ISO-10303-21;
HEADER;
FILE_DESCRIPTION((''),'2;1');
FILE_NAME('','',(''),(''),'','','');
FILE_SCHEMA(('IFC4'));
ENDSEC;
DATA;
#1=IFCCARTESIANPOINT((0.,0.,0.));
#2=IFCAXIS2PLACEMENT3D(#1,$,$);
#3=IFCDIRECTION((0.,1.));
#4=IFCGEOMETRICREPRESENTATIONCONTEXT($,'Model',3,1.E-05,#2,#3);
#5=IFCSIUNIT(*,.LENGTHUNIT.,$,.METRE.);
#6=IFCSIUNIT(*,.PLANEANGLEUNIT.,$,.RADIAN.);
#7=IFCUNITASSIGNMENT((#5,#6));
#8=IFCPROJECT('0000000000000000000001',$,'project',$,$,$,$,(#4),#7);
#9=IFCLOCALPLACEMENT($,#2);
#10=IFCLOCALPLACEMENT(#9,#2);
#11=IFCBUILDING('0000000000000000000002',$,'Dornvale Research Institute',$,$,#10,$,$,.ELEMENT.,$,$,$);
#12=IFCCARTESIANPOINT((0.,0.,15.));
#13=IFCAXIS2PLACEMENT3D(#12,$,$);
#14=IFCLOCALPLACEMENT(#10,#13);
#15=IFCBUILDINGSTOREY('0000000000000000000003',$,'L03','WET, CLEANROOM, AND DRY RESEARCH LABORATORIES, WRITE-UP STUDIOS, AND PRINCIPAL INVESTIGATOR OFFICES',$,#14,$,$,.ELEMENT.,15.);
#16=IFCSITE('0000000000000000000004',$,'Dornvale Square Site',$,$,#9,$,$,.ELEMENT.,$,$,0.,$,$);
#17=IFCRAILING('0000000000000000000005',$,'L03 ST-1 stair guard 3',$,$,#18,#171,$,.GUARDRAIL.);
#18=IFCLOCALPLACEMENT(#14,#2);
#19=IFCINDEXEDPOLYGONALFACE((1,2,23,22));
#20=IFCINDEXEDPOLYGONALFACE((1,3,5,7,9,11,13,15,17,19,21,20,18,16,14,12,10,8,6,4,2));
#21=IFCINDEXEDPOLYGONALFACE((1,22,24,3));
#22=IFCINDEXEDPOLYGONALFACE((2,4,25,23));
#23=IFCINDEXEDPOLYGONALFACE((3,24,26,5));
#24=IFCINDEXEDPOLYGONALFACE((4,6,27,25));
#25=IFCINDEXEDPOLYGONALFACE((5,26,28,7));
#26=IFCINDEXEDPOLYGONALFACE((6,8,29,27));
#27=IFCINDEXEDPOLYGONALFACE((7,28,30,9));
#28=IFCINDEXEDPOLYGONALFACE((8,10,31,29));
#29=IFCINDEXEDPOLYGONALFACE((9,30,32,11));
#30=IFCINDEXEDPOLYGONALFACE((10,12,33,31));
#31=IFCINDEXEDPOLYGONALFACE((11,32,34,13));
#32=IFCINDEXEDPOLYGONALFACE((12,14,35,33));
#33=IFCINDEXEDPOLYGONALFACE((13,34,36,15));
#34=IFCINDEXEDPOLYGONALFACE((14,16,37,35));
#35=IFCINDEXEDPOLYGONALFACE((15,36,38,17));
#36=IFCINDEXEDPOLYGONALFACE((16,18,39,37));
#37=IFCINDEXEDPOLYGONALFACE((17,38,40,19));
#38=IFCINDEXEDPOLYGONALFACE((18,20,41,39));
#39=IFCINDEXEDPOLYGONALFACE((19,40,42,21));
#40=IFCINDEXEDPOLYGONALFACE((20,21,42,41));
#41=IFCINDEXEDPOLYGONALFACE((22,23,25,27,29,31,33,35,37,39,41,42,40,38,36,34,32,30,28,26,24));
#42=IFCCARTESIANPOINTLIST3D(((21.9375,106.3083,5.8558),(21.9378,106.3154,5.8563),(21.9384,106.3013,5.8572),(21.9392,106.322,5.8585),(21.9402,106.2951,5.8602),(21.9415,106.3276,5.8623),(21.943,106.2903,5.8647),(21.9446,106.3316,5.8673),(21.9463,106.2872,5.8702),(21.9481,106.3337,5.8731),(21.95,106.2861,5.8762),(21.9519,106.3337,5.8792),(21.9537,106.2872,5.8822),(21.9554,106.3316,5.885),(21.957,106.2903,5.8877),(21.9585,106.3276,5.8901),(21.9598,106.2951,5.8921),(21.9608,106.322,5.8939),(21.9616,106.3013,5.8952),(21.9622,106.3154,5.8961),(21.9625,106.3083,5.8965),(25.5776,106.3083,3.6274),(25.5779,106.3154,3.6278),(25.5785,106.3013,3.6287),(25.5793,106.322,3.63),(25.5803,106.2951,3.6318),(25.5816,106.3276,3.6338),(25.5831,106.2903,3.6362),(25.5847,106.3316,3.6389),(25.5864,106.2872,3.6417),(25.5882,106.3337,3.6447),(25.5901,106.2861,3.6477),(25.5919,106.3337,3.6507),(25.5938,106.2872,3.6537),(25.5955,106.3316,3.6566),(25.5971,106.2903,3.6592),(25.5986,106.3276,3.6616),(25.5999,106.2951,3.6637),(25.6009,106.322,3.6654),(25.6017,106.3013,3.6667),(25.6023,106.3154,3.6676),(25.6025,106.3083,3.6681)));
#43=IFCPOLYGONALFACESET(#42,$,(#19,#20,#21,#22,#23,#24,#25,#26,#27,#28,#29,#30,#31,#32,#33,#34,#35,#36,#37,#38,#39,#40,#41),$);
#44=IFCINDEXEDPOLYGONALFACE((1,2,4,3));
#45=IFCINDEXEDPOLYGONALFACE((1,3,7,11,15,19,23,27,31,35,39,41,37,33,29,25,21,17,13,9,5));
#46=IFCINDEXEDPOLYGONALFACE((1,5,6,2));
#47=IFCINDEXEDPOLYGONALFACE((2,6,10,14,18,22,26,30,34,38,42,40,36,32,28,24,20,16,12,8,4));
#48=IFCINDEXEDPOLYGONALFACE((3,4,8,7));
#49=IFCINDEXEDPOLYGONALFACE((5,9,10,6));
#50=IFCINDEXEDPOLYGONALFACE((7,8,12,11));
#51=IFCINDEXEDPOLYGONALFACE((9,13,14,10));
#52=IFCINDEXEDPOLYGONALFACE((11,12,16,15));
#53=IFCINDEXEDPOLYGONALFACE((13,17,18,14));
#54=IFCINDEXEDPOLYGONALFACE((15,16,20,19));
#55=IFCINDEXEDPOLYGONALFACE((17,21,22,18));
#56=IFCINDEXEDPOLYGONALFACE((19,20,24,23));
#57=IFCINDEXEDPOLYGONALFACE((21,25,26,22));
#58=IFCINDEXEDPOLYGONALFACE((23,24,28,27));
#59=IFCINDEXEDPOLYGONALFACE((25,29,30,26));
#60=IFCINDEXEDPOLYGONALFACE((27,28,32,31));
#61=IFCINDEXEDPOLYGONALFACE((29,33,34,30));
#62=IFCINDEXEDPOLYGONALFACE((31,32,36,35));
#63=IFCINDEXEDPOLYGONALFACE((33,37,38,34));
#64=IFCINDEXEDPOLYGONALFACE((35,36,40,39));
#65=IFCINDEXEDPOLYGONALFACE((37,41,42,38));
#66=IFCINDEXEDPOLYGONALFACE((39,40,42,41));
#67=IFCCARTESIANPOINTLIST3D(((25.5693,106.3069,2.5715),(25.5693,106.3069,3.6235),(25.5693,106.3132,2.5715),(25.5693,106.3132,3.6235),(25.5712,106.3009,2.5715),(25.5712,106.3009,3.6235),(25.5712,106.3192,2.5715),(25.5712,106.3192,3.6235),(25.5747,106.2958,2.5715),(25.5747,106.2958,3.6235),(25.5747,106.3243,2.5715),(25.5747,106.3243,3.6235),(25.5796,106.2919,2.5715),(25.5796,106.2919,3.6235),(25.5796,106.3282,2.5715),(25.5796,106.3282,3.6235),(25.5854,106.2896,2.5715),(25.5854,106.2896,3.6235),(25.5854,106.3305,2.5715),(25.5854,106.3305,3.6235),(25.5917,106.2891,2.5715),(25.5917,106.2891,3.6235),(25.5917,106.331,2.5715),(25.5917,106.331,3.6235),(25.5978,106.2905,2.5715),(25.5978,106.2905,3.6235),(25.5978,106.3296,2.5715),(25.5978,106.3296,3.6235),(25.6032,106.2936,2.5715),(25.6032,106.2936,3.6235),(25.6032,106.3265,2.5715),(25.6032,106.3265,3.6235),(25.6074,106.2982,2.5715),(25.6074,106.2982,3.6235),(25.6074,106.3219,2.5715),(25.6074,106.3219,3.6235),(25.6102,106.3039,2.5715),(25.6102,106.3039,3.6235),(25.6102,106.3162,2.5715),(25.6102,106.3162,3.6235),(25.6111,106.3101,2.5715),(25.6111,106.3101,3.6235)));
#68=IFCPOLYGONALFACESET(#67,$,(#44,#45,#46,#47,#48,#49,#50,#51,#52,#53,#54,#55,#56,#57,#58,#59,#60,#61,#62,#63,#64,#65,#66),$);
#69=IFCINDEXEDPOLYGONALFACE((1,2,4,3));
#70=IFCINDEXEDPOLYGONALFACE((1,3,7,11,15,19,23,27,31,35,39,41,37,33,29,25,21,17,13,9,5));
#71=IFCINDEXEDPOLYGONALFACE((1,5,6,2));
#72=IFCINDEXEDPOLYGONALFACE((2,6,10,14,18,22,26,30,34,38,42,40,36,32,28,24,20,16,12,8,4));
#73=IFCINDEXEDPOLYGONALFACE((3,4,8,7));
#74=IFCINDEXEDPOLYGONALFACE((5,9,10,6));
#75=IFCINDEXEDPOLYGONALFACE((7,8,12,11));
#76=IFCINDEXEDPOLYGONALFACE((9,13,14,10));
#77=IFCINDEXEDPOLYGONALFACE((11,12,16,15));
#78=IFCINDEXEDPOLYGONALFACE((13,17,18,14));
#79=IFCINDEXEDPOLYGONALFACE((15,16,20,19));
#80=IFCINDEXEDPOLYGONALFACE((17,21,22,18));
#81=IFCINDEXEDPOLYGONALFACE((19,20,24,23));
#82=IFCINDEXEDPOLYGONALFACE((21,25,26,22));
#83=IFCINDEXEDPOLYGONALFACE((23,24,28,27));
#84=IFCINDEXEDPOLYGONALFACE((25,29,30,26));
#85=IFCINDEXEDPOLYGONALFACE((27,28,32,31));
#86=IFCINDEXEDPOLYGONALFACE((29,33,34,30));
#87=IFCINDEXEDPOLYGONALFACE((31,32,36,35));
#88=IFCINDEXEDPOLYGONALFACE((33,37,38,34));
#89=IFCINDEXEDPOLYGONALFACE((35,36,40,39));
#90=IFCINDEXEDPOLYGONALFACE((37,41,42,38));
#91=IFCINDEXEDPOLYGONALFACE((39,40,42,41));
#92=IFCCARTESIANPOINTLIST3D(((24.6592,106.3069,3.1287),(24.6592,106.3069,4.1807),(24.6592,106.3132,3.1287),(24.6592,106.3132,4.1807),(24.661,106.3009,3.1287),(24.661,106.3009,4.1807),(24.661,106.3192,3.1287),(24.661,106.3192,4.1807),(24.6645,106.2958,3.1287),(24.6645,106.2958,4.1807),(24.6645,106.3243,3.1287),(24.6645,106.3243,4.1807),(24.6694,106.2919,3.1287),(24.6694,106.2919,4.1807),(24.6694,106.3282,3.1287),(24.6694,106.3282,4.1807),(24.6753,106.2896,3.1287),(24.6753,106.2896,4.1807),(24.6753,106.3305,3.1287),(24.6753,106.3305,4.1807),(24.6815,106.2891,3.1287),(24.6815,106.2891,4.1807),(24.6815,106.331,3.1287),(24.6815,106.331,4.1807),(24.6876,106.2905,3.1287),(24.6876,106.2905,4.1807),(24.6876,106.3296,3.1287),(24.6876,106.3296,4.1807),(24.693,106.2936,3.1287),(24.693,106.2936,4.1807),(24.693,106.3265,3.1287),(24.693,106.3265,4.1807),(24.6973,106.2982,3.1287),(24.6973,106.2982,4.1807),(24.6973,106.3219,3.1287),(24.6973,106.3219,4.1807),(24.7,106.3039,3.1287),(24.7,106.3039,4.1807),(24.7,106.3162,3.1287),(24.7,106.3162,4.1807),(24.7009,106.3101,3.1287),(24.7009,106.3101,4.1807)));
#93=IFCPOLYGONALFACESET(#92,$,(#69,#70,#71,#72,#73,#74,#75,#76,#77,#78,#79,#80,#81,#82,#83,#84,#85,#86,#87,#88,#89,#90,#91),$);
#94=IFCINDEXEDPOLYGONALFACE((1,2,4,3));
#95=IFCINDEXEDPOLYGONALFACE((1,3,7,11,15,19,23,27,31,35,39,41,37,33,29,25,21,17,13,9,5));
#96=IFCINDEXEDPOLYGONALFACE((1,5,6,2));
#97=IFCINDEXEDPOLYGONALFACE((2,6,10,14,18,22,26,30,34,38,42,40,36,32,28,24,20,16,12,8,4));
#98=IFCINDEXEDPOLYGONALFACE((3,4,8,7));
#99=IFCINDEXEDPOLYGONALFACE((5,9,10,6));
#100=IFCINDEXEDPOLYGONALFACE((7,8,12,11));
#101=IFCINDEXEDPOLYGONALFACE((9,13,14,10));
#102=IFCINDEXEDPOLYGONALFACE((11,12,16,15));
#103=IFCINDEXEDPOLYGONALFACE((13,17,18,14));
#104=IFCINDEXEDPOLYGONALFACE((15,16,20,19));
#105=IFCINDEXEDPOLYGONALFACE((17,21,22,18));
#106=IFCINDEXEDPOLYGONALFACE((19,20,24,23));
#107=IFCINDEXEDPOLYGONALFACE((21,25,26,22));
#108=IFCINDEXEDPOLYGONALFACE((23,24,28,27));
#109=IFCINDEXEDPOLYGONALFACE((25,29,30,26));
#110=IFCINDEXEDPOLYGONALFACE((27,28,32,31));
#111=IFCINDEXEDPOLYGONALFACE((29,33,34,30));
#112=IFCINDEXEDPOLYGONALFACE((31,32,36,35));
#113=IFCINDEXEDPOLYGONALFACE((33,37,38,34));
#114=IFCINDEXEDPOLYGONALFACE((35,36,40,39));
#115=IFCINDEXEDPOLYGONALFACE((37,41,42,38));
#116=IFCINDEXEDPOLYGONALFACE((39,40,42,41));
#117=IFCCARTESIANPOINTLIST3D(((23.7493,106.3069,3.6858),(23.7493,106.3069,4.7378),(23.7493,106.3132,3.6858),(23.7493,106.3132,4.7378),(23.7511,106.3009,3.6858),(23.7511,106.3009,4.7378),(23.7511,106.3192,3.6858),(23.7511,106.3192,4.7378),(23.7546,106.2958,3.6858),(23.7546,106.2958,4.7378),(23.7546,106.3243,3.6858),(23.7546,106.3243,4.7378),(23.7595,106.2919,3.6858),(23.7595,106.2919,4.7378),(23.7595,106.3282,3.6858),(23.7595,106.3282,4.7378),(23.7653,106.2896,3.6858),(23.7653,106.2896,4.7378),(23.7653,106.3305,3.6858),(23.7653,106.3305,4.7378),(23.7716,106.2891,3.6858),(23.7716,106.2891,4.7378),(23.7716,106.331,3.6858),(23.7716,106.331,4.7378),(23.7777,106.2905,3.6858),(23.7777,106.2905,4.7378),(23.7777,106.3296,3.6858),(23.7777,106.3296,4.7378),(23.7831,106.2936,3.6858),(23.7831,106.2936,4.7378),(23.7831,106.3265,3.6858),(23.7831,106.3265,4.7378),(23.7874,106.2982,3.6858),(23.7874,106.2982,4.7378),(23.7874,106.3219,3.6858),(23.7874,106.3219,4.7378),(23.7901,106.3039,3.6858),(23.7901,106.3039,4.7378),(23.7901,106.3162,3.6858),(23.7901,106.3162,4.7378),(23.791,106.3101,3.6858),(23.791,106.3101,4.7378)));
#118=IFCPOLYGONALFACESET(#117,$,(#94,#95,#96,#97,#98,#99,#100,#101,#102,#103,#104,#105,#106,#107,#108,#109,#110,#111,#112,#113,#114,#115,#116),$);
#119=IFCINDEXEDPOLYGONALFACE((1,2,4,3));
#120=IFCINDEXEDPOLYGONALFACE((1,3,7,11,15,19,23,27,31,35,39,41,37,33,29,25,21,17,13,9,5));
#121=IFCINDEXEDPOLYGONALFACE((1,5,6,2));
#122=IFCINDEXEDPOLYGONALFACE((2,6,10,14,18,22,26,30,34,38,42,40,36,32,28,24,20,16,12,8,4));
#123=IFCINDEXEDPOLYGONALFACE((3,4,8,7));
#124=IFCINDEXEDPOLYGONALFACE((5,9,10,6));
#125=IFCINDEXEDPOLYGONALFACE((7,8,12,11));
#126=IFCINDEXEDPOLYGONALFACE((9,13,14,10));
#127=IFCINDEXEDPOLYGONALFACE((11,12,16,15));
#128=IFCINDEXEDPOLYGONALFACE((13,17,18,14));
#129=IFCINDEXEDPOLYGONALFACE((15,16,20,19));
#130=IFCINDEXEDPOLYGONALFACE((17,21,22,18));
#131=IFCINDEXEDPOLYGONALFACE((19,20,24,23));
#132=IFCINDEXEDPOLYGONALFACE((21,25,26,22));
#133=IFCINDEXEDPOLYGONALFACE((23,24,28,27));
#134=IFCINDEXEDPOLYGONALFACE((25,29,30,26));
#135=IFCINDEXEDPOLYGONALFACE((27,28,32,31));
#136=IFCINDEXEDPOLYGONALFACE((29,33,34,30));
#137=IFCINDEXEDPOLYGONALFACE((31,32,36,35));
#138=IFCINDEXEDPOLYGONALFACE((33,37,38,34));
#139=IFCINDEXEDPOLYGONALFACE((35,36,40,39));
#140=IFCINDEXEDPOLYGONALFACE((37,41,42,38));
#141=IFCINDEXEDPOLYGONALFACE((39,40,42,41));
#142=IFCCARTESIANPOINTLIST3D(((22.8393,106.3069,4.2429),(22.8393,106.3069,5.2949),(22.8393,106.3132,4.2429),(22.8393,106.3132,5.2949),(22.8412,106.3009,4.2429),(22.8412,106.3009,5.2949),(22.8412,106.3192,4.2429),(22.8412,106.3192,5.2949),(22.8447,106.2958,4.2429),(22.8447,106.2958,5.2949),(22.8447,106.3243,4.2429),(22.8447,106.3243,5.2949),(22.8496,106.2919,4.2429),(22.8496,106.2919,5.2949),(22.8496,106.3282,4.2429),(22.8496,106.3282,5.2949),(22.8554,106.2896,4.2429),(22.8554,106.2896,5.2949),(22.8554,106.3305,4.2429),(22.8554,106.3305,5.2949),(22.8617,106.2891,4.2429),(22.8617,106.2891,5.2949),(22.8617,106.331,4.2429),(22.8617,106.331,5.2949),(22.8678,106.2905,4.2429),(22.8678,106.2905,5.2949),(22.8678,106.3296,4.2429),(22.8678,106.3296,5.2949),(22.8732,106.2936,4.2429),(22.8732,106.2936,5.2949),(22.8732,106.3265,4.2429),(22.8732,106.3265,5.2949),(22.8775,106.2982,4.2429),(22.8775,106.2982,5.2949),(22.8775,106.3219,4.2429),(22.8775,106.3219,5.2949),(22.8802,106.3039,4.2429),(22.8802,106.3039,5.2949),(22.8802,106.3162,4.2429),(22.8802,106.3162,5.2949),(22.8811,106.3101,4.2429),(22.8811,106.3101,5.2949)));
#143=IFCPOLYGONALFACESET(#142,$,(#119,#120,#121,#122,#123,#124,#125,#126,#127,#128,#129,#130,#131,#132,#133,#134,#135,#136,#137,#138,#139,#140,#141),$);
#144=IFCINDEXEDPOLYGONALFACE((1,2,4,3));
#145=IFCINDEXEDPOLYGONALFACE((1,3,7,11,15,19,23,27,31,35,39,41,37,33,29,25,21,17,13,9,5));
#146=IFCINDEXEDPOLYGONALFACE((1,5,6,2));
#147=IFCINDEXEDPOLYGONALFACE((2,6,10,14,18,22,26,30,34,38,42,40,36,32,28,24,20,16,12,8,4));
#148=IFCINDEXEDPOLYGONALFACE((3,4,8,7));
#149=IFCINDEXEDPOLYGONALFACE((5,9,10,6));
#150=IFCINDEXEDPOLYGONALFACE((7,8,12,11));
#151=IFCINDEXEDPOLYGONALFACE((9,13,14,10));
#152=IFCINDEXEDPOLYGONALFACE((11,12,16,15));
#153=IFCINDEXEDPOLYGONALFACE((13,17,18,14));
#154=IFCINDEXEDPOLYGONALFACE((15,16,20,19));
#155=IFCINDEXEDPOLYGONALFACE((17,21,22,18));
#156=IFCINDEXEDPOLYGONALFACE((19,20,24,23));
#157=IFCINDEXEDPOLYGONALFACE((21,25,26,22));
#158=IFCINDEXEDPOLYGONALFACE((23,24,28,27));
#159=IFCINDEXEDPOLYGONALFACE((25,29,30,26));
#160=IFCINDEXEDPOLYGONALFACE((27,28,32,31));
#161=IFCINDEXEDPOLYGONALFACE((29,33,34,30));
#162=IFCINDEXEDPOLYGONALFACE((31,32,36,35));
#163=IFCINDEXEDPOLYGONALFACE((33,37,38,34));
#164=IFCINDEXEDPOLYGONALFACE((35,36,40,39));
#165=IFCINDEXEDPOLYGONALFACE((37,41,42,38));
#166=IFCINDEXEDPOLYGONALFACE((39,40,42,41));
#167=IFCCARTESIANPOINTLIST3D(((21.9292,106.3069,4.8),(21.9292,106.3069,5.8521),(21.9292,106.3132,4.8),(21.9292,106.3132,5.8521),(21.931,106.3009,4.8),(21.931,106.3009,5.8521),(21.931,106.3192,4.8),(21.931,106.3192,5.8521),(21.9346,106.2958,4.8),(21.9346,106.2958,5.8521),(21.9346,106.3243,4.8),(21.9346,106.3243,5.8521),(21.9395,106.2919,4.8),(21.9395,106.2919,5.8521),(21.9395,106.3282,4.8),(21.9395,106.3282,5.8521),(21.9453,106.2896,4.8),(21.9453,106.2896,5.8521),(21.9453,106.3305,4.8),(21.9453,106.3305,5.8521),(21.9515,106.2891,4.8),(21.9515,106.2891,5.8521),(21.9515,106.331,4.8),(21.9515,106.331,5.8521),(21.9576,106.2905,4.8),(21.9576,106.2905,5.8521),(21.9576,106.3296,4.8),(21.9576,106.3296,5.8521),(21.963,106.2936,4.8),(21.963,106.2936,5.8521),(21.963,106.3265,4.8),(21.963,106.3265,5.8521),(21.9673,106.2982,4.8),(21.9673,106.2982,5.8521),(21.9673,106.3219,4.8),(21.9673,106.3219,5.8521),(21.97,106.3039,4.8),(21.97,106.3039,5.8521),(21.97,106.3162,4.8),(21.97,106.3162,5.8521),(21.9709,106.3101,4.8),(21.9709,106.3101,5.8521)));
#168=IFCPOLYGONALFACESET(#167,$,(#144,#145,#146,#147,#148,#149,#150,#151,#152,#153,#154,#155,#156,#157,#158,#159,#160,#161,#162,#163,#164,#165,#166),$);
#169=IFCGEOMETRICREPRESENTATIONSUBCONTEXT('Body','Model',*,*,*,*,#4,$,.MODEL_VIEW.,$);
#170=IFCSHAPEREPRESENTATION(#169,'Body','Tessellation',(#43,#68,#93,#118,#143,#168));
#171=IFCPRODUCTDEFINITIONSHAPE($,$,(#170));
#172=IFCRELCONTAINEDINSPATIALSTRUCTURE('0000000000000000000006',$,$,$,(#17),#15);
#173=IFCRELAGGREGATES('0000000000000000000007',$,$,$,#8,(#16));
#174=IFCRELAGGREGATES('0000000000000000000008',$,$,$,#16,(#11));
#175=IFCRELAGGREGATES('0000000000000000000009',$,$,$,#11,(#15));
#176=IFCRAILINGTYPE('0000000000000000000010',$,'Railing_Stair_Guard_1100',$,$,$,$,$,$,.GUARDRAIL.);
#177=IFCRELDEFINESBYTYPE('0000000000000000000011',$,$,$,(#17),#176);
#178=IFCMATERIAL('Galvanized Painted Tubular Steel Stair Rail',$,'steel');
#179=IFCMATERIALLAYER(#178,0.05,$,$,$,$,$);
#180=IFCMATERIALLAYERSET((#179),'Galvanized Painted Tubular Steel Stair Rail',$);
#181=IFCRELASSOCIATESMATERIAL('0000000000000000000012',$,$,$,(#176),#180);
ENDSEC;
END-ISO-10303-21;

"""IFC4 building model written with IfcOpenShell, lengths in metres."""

from ifc_helpers import new_model, si_unit, direction, frame, origin, origin_2d, place, context, subcontext, project, spatial, circle, extrude, material, layer, layer_set, type_object, element, save


model = new_model("IFC4")

# Units and contexts
model_context = context("Model", 3, precision=1e-05, world=origin(), true_north=direction((0.0, 1.0)))
body_context = subcontext(model_context, "Body", "Model", "MODEL_VIEW")
ifc_project = project(units=[si_unit("LENGTHUNIT", "METRE"), si_unit("PLANEANGLEUNIT", "RADIAN")], contexts=[model_context])

# Site, building, storey
site_placement = place(None, origin())
site = spatial("IfcSite", under=ifc_project, at=site_placement, Name="Dornvale Square Site", CompositionType="ELEMENT", RefElevation=0.0)
building_placement = place(site_placement, origin())
building = spatial("IfcBuilding", under=site, at=building_placement, Name="Dornvale Research Institute", CompositionType="ELEMENT")
storey_placement = place(building_placement, frame((0.0, 0.0, 15.0)))
storey = spatial("IfcBuildingStorey", under=building, at=storey_placement, Name="L03", Description="WET, CLEANROOM, AND DRY RESEARCH LABORATORIES, WRITE-UP STUDIOS, AND PRINCIPAL INVESTIGATOR OFFICES", CompositionType="ELEMENT", Elevation=15.0)

# Railing
ifc_material_1 = material(Name="Galvanized Painted Tubular Steel Stair Rail", Category="steel")
ifc_layer_1 = layer(ifc_material_1, 0.05)
ifc_layer_set_1 = layer_set([ifc_layer_1], Name="Galvanized Painted Tubular Steel Stair Rail")
railing_type_1 = type_object("IfcRailingType", Name="Railing_Stair_Guard_1100", PredefinedType="GUARDRAIL", material=ifc_layer_set_1)
railing_1_placement = place(storey_placement, frame((25.5901, 106.3101, 2.5715)))
element("IfcRailing", 1, at=railing_1_placement, inside=storey, type_object=railing_type_1, Name="L03 ST-1 stair guard 3", PredefinedType="GUARDRAIL", context=body_context, shape_type="SweptSolid", body=[
    extrude(circle(Radius=0.0239, at=origin_2d()), frame((0.0, 0.0, 1.0762), z_axis=(-0.852866, 0.0, 0.52213), x_axis=(0.0, -1.0, 0.0)), (0.0, 0.0, 1.0), 4.2681),
    extrude(circle(Radius=0.021, at=origin_2d()), origin(), (0.0, 0.0, 1.0), 1.052),
    extrude(circle(Radius=0.021, at=origin_2d()), frame((-0.9102, 0.0, 0.5571)), (0.0, 0.0, 1.0), 1.052),
    extrude(circle(Radius=0.021, at=origin_2d()), frame((-1.8201, 0.0, 1.1143)), (0.0, 0.0, 1.0), 1.052),
    extrude(circle(Radius=0.021, at=origin_2d()), frame((-2.73, 0.0, 1.6714)), (0.0, 0.0, 1.0), 1.052),
    extrude(circle(Radius=0.021, at=origin_2d()), frame((-3.6401, 0.0, 2.2285)), (0.0, 0.0, 1.0), 1.052),
])

save(model, "model.ifc")
